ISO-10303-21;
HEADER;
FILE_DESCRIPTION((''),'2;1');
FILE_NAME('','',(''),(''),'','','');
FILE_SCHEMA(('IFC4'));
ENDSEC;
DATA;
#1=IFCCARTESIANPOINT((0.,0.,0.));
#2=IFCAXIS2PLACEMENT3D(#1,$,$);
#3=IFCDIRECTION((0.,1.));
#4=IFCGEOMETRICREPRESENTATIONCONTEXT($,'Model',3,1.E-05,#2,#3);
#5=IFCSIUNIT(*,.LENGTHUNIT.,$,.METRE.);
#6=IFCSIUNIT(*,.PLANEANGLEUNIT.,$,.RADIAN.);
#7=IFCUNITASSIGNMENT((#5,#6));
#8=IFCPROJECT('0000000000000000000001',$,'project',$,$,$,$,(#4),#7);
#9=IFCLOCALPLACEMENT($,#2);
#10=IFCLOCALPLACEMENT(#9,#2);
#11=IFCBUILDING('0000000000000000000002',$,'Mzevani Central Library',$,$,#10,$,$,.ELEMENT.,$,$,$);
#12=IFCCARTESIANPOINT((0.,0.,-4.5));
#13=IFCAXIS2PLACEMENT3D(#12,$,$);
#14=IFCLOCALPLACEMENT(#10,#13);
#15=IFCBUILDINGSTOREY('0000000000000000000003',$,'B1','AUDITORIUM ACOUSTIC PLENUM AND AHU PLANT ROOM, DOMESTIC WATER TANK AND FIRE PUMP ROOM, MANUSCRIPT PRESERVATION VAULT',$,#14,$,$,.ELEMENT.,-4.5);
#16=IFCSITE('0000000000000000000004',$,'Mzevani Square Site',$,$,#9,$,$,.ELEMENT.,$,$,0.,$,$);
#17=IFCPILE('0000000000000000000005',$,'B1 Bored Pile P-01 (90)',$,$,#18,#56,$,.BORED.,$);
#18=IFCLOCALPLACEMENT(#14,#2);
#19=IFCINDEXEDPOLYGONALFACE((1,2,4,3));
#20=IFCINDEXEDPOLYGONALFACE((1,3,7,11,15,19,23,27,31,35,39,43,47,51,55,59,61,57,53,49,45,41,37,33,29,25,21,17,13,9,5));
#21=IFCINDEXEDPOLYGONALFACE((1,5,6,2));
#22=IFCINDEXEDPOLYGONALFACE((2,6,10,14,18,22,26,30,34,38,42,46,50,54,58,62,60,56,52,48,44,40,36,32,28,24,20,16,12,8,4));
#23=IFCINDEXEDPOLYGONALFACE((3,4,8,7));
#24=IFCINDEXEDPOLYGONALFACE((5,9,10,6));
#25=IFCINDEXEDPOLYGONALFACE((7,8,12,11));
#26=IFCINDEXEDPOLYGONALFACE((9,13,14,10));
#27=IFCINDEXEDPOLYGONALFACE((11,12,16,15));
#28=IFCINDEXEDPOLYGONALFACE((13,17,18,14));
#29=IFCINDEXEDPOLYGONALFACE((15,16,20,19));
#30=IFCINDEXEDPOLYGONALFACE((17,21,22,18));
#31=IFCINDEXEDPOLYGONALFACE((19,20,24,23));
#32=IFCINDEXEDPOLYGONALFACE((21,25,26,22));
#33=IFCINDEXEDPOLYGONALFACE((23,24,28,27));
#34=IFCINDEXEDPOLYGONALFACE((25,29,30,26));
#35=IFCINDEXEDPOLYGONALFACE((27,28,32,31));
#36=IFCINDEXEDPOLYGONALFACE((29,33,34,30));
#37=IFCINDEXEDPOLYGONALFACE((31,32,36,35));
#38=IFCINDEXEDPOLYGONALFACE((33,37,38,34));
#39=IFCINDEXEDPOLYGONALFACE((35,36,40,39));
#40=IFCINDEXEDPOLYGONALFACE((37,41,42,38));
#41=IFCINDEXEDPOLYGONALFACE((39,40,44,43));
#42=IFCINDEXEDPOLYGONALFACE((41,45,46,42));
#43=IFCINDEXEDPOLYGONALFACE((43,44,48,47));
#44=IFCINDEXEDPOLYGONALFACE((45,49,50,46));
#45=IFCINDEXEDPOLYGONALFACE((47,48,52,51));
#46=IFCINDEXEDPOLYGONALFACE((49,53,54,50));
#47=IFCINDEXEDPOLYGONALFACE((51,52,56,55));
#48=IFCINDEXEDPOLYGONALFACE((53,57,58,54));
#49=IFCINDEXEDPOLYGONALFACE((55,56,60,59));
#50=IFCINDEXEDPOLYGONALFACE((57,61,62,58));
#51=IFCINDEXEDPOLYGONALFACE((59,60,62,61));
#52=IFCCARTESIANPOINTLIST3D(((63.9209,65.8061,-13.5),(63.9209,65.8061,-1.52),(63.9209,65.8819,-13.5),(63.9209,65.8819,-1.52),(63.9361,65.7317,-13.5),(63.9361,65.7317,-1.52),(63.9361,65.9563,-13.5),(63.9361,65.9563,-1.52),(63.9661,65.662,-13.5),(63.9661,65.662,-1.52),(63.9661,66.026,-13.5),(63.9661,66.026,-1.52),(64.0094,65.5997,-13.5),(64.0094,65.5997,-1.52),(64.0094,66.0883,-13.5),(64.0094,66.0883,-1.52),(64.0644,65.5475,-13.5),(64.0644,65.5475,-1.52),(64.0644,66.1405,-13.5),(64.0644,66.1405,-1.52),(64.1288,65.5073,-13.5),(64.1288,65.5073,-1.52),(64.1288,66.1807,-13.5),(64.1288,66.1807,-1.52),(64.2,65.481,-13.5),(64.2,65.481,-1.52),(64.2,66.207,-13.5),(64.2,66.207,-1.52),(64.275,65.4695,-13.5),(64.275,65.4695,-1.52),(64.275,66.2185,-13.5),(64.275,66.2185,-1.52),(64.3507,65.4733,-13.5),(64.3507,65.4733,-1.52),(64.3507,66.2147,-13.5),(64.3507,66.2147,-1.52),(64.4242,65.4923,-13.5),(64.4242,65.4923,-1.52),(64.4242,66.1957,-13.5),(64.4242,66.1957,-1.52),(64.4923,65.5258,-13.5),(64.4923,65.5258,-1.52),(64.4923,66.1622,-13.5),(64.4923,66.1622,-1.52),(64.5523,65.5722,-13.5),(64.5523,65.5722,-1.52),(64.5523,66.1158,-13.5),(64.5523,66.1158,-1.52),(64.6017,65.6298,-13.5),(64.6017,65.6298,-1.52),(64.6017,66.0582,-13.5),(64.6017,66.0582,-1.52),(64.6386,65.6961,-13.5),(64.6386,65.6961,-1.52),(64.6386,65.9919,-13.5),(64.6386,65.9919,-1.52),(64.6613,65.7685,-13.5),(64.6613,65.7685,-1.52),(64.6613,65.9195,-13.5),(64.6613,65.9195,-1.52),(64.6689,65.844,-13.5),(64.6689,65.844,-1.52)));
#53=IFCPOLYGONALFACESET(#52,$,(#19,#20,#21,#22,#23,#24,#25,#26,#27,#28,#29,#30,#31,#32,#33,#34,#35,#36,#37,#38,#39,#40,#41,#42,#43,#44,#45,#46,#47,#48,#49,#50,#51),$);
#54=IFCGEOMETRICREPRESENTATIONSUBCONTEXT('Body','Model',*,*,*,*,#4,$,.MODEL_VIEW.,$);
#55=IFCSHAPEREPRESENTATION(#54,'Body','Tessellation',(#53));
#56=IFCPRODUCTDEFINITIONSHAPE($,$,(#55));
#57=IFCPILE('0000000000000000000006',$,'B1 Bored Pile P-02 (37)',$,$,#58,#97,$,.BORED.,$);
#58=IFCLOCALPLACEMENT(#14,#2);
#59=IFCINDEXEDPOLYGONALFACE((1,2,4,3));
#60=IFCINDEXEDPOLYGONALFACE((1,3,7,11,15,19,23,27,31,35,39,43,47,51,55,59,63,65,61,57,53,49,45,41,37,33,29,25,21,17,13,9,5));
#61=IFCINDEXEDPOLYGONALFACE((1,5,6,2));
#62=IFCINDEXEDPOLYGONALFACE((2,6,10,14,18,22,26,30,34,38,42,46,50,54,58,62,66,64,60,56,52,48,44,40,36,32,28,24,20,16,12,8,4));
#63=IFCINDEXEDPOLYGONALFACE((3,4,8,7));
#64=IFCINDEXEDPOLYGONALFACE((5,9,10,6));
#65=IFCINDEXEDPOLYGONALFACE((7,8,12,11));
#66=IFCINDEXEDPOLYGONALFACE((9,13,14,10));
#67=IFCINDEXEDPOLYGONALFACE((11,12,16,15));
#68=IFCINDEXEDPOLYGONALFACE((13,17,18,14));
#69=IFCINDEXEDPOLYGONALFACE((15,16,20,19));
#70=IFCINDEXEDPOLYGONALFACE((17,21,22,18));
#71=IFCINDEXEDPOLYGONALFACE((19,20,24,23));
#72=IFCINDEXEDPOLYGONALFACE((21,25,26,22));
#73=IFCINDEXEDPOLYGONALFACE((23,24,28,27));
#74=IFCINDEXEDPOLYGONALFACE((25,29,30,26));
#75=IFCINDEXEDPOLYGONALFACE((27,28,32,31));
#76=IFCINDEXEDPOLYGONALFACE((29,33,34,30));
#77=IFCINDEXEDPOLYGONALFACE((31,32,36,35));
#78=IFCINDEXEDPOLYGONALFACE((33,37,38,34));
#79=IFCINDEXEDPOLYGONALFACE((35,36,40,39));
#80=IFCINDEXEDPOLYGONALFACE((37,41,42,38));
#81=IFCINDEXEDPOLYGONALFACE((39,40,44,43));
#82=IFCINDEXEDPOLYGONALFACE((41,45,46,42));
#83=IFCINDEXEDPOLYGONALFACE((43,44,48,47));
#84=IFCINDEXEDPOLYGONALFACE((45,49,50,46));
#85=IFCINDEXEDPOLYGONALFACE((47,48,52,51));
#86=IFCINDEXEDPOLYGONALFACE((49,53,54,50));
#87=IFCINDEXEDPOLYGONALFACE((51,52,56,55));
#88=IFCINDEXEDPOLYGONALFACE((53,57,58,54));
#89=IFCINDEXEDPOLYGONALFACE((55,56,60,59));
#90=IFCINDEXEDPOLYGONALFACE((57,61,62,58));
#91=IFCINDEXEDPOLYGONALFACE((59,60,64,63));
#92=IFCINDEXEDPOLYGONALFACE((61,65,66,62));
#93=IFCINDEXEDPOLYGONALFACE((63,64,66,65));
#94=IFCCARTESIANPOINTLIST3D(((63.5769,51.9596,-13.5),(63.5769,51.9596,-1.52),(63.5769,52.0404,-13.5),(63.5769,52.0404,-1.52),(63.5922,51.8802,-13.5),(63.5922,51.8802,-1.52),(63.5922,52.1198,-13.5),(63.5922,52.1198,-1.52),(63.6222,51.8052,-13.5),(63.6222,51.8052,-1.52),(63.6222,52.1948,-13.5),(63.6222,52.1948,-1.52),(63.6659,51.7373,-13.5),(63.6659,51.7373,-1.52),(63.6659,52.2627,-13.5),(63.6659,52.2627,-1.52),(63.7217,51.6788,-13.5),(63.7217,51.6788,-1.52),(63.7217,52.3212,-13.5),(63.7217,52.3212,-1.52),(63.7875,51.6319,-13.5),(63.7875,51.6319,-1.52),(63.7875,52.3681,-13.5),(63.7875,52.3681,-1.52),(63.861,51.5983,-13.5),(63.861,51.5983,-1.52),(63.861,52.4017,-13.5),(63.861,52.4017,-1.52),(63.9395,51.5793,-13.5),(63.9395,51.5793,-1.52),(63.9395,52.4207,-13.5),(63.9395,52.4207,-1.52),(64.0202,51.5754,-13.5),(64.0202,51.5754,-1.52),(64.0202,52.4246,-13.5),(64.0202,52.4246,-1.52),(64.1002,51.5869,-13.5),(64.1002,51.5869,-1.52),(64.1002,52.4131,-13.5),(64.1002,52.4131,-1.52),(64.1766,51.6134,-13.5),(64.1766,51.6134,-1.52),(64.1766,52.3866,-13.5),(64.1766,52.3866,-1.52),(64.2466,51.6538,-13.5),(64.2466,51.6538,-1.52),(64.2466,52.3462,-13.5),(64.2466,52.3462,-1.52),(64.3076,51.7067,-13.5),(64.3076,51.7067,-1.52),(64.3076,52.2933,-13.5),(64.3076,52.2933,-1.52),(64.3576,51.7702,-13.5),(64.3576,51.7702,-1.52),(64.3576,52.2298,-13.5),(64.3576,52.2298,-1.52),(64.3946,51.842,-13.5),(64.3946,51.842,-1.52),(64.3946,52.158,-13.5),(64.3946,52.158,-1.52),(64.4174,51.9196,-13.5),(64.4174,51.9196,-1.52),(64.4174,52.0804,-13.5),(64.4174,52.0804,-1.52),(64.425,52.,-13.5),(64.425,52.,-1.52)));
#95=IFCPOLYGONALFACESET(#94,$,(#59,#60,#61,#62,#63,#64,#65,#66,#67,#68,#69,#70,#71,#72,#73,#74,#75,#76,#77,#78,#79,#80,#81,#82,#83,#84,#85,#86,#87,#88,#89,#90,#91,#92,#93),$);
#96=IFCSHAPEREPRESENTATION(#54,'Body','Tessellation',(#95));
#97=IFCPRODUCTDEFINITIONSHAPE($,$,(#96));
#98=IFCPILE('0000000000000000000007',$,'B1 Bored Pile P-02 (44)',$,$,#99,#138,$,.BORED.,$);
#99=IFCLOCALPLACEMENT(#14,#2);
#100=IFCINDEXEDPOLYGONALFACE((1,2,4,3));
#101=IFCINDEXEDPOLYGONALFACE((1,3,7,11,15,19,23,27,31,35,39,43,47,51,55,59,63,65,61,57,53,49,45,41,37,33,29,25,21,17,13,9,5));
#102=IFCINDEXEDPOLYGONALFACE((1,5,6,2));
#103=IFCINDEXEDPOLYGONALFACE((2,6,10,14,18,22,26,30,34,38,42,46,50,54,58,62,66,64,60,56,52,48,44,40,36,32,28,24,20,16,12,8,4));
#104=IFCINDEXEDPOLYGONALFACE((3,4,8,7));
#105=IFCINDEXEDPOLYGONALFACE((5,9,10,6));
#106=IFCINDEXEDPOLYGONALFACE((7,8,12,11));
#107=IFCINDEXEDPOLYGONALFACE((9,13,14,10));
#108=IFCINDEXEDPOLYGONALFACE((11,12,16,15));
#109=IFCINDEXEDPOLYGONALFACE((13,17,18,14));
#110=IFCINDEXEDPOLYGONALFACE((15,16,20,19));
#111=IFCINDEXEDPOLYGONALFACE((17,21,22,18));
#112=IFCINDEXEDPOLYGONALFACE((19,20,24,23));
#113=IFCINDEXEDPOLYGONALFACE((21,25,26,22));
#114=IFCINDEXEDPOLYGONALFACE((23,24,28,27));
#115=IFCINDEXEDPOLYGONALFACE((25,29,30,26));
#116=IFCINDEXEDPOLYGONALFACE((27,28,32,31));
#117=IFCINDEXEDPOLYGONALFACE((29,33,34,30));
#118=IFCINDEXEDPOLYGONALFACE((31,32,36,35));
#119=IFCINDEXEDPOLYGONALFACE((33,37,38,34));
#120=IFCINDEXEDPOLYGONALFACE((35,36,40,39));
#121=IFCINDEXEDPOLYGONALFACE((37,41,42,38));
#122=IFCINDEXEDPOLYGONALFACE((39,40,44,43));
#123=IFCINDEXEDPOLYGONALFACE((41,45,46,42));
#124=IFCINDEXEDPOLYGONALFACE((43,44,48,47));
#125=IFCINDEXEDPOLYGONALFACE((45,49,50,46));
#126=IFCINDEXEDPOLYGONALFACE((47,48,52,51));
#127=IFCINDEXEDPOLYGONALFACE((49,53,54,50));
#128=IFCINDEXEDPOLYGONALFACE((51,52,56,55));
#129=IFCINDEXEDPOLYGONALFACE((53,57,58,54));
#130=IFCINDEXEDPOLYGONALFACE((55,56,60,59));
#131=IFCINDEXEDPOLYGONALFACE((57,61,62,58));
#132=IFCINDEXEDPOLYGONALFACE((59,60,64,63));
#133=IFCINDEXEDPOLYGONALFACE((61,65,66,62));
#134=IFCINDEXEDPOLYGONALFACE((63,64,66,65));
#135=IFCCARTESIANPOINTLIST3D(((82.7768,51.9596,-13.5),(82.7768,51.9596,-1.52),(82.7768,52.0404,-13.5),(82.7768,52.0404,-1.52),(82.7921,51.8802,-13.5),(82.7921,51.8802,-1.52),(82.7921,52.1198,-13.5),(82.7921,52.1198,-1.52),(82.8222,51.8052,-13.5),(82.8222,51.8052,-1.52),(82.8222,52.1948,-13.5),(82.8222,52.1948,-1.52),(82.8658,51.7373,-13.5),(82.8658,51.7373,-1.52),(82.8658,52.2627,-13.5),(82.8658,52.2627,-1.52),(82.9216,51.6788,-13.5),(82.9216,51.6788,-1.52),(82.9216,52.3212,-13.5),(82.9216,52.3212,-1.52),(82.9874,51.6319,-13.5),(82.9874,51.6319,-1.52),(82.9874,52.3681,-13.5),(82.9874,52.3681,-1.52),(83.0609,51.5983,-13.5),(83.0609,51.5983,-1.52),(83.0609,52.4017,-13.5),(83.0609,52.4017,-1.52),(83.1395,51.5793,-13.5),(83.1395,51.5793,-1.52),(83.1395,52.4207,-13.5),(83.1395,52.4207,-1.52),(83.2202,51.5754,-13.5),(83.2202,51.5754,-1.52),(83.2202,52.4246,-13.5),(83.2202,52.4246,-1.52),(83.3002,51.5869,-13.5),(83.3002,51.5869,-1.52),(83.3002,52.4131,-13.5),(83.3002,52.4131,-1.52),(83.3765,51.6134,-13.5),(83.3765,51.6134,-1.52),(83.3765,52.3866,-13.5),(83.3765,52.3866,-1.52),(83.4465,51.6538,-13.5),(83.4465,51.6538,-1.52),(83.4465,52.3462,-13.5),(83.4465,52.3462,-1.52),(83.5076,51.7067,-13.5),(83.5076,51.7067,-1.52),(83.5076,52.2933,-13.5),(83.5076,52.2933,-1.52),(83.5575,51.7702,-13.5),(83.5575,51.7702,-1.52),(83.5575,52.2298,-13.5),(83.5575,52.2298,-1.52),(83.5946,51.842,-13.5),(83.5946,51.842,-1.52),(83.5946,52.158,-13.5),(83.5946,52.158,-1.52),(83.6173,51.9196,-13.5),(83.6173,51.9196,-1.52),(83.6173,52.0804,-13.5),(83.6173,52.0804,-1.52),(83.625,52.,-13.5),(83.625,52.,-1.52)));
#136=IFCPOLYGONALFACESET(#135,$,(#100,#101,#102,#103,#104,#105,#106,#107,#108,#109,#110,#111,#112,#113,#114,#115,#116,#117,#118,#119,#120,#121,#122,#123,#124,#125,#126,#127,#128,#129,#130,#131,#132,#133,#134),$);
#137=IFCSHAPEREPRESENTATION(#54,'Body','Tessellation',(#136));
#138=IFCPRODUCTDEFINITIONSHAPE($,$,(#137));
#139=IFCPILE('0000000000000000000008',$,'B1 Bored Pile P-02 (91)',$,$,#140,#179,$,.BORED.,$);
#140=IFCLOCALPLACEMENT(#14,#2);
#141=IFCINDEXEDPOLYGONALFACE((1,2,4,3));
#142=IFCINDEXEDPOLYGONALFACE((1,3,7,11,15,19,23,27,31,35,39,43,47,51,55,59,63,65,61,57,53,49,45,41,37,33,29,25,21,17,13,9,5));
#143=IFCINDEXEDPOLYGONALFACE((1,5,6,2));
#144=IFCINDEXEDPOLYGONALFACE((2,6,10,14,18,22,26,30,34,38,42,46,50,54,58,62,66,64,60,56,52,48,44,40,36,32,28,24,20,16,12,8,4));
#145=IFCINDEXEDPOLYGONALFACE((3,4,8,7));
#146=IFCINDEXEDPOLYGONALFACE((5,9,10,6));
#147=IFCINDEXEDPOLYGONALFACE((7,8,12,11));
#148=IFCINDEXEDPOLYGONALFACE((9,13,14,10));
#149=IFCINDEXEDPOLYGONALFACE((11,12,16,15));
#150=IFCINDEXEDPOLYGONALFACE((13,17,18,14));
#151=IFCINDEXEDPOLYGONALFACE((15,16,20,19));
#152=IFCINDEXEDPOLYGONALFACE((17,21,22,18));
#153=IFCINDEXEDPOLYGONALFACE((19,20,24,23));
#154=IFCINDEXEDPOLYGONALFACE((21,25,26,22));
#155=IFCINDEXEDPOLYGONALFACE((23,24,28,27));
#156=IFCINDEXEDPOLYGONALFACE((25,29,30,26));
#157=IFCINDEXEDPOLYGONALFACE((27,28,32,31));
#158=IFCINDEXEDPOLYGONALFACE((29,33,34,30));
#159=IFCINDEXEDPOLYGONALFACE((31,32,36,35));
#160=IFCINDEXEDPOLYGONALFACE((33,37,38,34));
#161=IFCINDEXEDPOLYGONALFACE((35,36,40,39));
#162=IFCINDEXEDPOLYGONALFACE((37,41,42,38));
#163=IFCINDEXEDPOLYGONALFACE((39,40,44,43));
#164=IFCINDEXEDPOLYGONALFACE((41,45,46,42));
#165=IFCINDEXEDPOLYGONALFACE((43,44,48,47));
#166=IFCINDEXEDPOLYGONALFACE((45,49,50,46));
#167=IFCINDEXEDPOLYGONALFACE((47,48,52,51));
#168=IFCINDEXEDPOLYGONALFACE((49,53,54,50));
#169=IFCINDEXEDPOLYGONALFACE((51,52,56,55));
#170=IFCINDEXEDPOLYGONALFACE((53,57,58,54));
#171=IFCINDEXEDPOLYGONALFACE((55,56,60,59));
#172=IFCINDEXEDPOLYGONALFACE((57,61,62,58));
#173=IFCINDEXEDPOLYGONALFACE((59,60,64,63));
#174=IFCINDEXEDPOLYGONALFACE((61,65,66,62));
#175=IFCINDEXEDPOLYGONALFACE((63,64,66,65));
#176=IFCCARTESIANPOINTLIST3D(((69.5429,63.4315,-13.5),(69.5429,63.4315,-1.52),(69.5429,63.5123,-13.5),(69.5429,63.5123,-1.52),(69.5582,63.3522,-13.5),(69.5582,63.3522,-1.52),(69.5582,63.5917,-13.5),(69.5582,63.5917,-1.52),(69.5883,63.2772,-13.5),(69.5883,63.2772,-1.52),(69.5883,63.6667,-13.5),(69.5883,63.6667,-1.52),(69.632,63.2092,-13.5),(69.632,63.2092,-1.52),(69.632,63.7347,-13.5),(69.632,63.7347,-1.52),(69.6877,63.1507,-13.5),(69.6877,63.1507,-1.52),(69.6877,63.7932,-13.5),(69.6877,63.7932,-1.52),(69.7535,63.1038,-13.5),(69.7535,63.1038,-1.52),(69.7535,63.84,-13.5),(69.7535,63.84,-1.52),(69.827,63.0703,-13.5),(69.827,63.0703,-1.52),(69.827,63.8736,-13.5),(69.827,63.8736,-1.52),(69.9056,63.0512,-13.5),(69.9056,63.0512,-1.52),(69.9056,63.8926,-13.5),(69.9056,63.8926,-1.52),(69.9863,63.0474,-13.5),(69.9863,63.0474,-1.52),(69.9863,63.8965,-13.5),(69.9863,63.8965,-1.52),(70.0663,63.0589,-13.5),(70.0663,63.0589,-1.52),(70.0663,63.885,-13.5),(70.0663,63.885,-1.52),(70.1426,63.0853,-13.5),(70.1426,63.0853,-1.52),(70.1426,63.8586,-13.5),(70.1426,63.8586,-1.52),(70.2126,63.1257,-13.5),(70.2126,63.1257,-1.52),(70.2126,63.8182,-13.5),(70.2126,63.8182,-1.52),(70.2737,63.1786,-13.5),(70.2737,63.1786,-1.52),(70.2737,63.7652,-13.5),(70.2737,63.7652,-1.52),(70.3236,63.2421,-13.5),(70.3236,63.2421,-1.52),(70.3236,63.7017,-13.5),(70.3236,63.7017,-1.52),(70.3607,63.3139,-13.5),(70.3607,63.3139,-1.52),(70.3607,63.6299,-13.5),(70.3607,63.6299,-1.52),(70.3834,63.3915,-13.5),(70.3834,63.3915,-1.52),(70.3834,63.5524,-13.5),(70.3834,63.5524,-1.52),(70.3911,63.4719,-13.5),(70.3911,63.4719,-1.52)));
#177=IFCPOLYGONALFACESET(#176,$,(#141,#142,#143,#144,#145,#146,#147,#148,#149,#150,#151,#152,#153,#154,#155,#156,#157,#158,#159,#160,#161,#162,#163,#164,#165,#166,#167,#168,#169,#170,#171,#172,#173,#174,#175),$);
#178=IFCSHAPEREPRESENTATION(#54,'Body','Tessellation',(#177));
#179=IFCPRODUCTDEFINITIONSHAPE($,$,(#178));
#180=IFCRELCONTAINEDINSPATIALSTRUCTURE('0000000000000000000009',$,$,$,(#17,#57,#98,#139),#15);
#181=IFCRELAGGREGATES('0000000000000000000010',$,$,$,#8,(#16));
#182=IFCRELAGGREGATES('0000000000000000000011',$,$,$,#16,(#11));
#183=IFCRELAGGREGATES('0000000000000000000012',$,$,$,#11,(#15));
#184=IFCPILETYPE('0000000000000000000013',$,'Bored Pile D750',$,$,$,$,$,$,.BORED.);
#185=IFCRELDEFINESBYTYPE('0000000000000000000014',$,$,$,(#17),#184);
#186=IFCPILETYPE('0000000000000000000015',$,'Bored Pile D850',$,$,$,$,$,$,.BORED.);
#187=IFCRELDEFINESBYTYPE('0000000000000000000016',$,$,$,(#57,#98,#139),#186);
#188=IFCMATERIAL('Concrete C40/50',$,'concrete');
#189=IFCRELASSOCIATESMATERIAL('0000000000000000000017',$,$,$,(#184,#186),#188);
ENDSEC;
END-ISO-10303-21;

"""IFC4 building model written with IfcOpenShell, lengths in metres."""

from ifc_helpers import new_model, si_unit, direction, frame, origin, origin_2d, place, context, subcontext, project, spatial, circle, extrude, material, material_profile, profile_set, type_object, element, save


model = new_model("IFC4")

# Units and contexts
model_context = context("Model", 3, precision=1e-05, world=origin(), true_north=direction((0.0, 1.0)))
body_context = subcontext(model_context, "Body", "Model", "MODEL_VIEW")
ifc_project = project(units=[si_unit("LENGTHUNIT", "METRE"), si_unit("PLANEANGLEUNIT", "RADIAN")], contexts=[model_context])

# Site, building, storey
site_placement = place(None, origin())
site = spatial("IfcSite", under=ifc_project, at=site_placement, Name="Mzevani Square Site", CompositionType="ELEMENT", RefElevation=0.0)
building_placement = place(site_placement, origin())
building = spatial("IfcBuilding", under=site, at=building_placement, Name="Mzevani Central Library", CompositionType="ELEMENT")
storey_placement = place(building_placement, frame((0.0, 0.0, -4.5)))
storey = spatial("IfcBuildingStorey", under=building, at=storey_placement, Name="B1", Description="AUDITORIUM ACOUSTIC PLENUM AND AHU PLANT ROOM, DOMESTIC WATER TANK AND FIRE PUMP ROOM, MANUSCRIPT PRESERVATION VAULT", CompositionType="ELEMENT", Elevation=-4.5)

# Piles
ifc_material_1 = material(Name="Concrete C40/50", Category="concrete")
ifc_material_profile_1 = material_profile(ifc_material_1, circle(Radius=0.375, at=origin_2d()), Name="PILE D750")
ifc_profile_set_1 = profile_set([ifc_material_profile_1], Name="Concrete C40/50")
pile_type_1 = type_object("IfcPileType", Name="Bored Pile D750", PredefinedType="BORED", material=ifc_profile_set_1)
for number, where, z_axis, x_axis, name in (
    (1, (64.2939, 65.844, -1.52), (0.0, 0.0, -1.0), (1.0, 0.0, 0.0), "B1 Bored Pile P-01 (90)"),
):
    element("IfcPile", number, at=place(storey_placement, frame(where, z_axis=z_axis, x_axis=x_axis)), inside=storey, type_object=pile_type_1, Name=name, PredefinedType="BORED", context=body_context, shape_type="SweptSolid", body=[
        extrude(circle(Radius=0.375, at=origin_2d()), origin(), (0.0, 0.0, 1.0), 11.98),
    ])
ifc_material_profile_2 = material_profile(ifc_material_1, circle(Radius=0.425, at=origin_2d()), Name="PILE D850")
ifc_profile_set_2 = profile_set([ifc_material_profile_2], Name="Concrete C40/50")
pile_type_2 = type_object("IfcPileType", Name="Bored Pile D850", PredefinedType="BORED", material=ifc_profile_set_2)
for number, where, z_axis, x_axis, name in (
    (2, (64.0, 52.0, -1.52), (0.0, 0.0, -1.0), (1.0, 0.0, 0.0), "B1 Bored Pile P-02 (37)"),
    (3, (83.2, 52.0, -1.52), (0.0, 0.0, -1.0), (1.0, 0.0, 0.0), "B1 Bored Pile P-02 (44)"),
    (4, (69.9661, 63.4719, -1.52), (0.0, 0.0, -1.0), (1.0, 0.0, 0.0), "B1 Bored Pile P-02 (91)"),
):
    element("IfcPile", number, at=place(storey_placement, frame(where, z_axis=z_axis, x_axis=x_axis)), inside=storey, type_object=pile_type_2, Name=name, PredefinedType="BORED", context=body_context, shape_type="SweptSolid", body=[
        extrude(circle(Radius=0.425, at=origin_2d()), origin(), (0.0, 0.0, 1.0), 11.98),
    ])

save(model, "model.ifc")
